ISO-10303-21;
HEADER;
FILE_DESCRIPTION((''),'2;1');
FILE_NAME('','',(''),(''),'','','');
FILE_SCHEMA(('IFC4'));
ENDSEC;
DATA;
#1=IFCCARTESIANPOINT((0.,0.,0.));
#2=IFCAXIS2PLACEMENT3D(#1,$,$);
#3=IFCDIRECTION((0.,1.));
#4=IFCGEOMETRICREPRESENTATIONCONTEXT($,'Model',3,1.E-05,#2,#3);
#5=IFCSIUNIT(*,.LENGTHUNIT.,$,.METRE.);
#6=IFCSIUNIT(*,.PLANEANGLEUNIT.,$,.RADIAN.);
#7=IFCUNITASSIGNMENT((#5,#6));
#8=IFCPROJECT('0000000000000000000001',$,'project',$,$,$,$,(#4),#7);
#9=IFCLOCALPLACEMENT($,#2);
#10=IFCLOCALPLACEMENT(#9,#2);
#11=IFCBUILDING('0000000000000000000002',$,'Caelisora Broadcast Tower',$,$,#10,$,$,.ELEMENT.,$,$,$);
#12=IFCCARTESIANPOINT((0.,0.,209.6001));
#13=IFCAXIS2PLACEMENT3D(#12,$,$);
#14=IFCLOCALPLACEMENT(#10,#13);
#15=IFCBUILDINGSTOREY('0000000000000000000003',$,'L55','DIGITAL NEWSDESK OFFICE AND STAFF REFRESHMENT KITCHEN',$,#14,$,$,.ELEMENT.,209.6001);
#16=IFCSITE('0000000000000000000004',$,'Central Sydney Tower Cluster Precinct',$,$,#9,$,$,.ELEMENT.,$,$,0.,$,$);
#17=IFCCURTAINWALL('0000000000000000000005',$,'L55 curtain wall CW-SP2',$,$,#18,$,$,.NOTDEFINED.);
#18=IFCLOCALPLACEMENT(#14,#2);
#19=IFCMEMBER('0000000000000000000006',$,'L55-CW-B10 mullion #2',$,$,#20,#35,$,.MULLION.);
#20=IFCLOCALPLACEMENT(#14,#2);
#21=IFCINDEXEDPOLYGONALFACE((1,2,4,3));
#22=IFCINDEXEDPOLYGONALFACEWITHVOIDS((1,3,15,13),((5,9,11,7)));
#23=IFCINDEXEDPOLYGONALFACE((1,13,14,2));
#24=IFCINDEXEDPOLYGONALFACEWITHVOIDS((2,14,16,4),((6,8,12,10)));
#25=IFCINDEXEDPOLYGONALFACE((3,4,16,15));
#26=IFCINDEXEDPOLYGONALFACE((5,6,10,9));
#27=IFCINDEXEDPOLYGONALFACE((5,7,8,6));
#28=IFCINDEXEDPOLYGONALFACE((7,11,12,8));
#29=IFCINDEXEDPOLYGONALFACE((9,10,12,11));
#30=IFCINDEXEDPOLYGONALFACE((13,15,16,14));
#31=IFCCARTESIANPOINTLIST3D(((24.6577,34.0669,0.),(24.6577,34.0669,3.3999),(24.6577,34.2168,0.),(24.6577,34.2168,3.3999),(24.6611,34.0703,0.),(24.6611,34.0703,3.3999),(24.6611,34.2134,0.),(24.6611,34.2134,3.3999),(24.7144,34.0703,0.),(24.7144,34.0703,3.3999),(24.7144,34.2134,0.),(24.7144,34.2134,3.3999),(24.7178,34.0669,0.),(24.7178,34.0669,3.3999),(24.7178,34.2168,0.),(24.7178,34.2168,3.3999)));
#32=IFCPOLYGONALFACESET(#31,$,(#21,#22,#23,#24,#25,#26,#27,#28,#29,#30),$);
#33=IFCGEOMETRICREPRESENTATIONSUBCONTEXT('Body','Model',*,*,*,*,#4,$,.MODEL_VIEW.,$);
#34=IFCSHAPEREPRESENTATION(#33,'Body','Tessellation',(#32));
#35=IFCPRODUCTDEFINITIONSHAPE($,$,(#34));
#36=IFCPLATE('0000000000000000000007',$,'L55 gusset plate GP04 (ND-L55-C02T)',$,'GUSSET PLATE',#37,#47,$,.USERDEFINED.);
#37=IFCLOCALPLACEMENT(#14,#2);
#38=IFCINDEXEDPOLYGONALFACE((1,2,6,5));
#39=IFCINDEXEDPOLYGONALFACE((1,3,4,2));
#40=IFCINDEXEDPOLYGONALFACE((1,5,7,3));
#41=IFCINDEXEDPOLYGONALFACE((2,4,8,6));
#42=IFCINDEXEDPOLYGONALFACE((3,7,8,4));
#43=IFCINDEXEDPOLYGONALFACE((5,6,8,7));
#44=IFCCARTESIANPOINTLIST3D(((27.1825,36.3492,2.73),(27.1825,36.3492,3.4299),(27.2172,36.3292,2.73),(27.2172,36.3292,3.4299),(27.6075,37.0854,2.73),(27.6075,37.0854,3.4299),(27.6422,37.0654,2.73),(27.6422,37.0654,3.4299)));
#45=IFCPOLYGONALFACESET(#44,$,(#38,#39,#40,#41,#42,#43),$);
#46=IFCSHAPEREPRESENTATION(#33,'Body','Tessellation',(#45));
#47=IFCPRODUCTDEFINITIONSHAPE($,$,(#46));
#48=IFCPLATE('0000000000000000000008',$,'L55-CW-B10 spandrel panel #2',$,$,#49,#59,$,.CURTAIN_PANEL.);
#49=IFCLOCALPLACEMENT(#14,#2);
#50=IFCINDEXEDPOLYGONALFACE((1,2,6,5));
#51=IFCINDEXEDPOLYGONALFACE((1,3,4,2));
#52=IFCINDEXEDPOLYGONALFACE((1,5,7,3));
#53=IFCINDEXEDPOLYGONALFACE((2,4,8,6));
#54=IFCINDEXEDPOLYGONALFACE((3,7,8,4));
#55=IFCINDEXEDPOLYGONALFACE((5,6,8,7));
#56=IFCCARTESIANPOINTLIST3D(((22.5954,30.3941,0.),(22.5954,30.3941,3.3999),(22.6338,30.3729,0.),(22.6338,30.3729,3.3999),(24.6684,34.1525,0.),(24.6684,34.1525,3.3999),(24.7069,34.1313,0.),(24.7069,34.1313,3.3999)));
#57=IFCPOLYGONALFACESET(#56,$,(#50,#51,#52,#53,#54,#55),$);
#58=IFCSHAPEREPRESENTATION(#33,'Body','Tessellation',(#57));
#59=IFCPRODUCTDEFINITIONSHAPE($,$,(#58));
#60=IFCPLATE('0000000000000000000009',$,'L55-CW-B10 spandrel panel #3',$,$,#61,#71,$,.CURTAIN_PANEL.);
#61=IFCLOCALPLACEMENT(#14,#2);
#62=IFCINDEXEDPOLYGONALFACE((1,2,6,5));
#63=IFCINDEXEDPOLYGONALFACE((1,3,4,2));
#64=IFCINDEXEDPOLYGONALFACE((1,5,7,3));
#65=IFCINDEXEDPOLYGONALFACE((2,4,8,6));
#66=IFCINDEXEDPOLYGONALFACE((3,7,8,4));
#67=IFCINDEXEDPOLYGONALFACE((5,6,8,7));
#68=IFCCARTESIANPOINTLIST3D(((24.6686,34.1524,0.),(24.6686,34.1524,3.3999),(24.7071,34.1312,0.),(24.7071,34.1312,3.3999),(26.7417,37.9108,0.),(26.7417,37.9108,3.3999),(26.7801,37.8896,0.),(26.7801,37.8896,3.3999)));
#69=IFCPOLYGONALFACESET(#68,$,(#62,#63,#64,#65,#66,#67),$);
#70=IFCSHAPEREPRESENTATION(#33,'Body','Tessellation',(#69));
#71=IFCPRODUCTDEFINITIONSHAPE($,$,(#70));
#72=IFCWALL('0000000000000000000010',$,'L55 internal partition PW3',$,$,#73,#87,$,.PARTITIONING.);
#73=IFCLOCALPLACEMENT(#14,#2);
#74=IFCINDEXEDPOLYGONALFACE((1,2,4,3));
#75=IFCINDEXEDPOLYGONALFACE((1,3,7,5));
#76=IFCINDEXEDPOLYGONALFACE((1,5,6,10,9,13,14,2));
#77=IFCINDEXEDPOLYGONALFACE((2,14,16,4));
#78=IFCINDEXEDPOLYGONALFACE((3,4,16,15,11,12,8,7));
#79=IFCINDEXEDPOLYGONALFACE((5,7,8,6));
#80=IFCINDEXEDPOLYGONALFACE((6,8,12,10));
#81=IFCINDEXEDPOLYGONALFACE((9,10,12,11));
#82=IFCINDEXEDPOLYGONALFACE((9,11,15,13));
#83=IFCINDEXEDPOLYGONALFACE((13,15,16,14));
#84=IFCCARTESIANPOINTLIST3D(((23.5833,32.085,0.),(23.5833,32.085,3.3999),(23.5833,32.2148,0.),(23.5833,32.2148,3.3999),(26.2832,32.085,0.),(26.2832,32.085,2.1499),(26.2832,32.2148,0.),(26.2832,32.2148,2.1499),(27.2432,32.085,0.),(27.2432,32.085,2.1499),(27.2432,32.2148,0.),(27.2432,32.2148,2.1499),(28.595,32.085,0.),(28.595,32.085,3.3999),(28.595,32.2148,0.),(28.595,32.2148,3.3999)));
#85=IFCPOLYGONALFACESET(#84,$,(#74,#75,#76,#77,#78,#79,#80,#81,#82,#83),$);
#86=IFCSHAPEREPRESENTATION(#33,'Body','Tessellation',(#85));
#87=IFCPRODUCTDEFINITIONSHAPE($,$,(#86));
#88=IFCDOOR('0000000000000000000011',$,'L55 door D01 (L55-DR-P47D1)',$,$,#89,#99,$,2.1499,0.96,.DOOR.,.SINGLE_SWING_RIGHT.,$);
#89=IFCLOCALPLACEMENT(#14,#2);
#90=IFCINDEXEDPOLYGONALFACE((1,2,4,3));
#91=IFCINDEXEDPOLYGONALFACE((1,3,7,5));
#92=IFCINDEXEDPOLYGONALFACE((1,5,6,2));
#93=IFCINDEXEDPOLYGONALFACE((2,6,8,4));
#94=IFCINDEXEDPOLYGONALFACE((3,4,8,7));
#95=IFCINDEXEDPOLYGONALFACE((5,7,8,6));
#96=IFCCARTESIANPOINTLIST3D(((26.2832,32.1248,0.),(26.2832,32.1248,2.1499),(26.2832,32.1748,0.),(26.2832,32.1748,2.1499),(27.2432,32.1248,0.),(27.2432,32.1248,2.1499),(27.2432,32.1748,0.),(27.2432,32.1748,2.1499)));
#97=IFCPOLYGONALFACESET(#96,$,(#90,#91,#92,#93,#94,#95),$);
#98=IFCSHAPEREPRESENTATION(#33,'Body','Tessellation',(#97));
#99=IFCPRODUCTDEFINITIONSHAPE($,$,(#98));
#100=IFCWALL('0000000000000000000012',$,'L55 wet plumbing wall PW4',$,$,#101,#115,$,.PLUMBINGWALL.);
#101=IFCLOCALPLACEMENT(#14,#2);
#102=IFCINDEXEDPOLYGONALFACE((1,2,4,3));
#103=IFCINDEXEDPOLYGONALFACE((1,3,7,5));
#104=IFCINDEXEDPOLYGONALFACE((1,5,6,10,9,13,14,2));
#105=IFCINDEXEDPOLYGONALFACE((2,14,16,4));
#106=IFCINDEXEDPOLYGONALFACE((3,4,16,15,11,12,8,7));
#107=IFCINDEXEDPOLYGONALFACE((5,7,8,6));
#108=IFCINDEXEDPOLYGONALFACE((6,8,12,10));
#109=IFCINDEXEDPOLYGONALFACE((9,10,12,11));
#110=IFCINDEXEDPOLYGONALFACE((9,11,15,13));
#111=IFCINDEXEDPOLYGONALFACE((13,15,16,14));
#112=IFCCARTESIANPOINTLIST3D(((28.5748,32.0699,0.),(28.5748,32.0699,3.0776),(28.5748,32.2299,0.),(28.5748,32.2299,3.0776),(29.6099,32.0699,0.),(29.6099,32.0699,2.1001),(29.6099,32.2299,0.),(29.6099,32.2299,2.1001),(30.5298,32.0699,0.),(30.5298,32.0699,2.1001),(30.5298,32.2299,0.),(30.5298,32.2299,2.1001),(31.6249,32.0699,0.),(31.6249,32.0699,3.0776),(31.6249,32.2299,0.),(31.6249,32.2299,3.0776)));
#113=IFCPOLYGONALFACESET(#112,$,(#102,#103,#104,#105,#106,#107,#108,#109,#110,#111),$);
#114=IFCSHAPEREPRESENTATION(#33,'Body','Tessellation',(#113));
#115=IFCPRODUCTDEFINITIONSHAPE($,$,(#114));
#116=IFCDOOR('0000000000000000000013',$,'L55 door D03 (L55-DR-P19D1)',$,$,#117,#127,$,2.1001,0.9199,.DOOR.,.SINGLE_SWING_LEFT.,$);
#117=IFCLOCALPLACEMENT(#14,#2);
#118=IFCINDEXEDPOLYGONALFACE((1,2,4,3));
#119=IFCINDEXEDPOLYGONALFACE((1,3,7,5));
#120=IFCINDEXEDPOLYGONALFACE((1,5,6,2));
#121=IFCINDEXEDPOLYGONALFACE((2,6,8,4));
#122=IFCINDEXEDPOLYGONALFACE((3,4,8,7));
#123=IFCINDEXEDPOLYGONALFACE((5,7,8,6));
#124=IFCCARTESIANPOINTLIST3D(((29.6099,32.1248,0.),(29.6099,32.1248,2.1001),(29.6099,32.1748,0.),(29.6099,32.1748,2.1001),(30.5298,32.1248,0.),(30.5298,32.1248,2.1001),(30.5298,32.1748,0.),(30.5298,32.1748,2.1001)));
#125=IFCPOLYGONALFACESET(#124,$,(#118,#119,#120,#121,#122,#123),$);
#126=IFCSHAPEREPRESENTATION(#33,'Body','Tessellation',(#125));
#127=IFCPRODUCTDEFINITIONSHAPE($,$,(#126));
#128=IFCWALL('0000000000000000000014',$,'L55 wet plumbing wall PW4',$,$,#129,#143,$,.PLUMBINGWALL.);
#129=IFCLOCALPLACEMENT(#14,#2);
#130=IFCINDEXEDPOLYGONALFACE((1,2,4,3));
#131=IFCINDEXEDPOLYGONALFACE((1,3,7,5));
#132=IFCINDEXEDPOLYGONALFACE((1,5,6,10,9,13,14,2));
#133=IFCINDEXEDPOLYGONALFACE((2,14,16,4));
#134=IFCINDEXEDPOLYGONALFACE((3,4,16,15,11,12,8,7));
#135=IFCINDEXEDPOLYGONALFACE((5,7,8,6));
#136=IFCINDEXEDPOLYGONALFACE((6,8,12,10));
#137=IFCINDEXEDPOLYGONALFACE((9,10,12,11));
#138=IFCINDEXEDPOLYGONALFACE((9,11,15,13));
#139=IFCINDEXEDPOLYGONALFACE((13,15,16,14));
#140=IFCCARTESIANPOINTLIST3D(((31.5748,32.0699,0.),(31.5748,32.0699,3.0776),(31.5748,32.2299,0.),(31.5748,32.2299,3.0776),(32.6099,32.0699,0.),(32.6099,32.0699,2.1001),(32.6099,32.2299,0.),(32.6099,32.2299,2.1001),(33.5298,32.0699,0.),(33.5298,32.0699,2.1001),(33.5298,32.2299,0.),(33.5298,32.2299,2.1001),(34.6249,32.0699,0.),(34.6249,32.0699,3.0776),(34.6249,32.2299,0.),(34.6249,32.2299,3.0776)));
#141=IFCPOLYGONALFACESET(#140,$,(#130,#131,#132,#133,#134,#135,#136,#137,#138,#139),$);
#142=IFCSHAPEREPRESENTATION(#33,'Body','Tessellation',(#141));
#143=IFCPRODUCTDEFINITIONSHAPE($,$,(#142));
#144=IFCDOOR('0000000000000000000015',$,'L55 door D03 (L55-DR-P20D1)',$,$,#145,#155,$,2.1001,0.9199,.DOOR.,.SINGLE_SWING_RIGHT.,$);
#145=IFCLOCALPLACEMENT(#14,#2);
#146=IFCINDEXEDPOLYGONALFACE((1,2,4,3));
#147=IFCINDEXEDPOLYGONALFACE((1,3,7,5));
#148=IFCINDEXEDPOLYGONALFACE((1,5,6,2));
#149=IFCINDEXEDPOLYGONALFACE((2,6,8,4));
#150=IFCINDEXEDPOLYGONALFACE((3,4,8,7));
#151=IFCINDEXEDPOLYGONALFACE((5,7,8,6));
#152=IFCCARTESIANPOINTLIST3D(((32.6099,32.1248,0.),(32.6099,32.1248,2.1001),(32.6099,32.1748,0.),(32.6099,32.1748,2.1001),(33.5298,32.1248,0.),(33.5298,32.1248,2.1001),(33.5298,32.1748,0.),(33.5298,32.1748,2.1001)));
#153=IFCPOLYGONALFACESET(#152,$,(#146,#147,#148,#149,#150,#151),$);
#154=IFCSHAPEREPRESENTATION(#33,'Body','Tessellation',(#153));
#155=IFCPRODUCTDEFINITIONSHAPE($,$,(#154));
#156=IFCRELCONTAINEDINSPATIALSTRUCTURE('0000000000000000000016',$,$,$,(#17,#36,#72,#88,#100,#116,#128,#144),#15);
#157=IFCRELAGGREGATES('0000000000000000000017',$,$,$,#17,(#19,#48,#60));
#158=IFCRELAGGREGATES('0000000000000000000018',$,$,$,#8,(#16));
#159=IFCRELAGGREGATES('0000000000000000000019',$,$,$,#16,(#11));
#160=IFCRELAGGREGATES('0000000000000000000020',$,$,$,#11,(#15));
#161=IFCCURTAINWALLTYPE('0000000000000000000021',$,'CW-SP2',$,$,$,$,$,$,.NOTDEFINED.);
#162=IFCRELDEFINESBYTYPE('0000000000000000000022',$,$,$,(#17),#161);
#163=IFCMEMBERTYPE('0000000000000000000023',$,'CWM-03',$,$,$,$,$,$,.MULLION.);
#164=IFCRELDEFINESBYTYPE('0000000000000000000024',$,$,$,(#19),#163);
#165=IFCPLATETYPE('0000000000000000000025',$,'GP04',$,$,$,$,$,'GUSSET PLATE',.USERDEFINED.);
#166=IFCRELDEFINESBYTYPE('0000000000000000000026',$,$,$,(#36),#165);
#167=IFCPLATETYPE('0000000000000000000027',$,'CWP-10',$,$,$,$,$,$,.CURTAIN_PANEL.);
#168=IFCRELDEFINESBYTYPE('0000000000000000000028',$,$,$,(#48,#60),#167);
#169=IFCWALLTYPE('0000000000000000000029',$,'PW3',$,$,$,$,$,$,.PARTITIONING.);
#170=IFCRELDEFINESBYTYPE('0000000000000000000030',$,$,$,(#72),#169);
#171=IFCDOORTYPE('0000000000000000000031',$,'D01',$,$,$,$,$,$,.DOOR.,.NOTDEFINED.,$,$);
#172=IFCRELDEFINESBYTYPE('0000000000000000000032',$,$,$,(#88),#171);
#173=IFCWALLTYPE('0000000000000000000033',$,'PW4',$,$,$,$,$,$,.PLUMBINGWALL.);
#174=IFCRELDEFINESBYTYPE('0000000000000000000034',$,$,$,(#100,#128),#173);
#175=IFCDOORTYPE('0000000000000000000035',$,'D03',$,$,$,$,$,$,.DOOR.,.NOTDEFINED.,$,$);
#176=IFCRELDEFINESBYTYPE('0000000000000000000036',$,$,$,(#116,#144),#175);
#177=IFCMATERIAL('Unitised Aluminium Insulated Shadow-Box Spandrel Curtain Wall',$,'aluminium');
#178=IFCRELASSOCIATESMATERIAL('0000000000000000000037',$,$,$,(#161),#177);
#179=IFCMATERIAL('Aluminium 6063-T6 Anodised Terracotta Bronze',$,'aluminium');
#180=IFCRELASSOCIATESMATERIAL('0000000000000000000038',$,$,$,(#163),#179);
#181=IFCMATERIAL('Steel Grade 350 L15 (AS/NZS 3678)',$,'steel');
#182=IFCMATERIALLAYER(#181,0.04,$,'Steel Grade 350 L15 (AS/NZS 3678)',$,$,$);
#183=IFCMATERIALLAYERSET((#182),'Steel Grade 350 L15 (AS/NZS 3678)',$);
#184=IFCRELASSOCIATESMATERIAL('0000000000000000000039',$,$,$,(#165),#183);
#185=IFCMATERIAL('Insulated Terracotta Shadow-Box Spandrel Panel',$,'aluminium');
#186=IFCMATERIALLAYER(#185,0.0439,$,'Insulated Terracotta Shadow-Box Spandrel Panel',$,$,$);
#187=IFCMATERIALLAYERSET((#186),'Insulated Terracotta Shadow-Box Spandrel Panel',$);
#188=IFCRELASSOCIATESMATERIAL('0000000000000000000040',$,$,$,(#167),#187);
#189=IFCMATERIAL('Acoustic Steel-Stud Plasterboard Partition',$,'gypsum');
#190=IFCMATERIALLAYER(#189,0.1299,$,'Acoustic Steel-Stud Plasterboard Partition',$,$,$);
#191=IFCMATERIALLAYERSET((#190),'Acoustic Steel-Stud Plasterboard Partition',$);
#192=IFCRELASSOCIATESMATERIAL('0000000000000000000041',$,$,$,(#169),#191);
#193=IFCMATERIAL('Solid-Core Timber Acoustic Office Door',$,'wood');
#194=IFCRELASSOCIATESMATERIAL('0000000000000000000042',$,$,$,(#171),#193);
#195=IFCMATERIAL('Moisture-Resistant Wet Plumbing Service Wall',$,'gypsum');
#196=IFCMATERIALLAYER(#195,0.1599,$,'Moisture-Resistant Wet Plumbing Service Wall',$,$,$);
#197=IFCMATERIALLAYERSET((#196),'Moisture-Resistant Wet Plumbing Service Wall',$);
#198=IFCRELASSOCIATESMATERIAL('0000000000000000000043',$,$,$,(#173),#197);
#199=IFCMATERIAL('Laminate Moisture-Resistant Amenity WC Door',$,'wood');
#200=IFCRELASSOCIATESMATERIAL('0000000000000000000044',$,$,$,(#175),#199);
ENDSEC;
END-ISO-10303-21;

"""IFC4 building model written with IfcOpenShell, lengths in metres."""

from ifc_helpers import new_model, si_unit, direction, frame, frame_2d, origin, origin_2d, place, context, subcontext, project, spatial, rectangle, hollow_rectangle, extrude, source, transform, mapped, material, layer, layer_set, material_profile, profile_set, type_object, type_shapes, element, fill, aggregate, save


model = new_model("IFC4")

# Units and contexts
model_context = context("Model", 3, precision=1e-05, world=origin(), true_north=direction((0.0, 1.0)))
body_context = subcontext(model_context, "Body", "Model", "MODEL_VIEW")
ifc_project = project(units=[si_unit("LENGTHUNIT", "METRE"), si_unit("PLANEANGLEUNIT", "RADIAN")], contexts=[model_context])

# Site, building, storey
site_placement = place(None, origin())
site = spatial("IfcSite", under=ifc_project, at=site_placement, Name="Central Sydney Tower Cluster Precinct", CompositionType="ELEMENT", RefElevation=0.0)
building_placement = place(site_placement, origin())
building = spatial("IfcBuilding", under=site, at=building_placement, Name="Caelisora Broadcast Tower", CompositionType="ELEMENT")
storey_placement = place(building_placement, frame((0.0, 0.0, 209.6001)))
storey = spatial("IfcBuildingStorey", under=building, at=storey_placement, Name="L55", Description="DIGITAL NEWSDESK OFFICE AND STAFF REFRESHMENT KITCHEN", CompositionType="ELEMENT", Elevation=209.6001)

# Shared definitions
ifc_material_1 = material(Name="Steel Grade 350 L15 (AS/NZS 3678)", Category="steel")

# Curtain wall, member
ifc_material_2 = material(Name="Unitised Aluminium Insulated Shadow-Box Spandrel Curtain Wall", Category="aluminium")
curtain_wall_type = type_object("IfcCurtainWallType", Name="CW-SP2", PredefinedType="NOTDEFINED", material=ifc_material_2)
curtain_wall_placement = place(storey_placement, origin())
curtain_wall = element("IfcCurtainWall", 1, at=curtain_wall_placement, inside=storey, type_object=curtain_wall_type, Name="L55 curtain wall CW-SP2", PredefinedType="NOTDEFINED")
ifc_material_3 = material(Name="Aluminium 6063-T6 Anodised Terracotta Bronze", Category="aluminium")
ifc_material_profile_1 = material_profile(ifc_material_3, hollow_rectangle(XDim=0.0601, YDim=0.1499, WallThickness=0.0034, at=origin_2d()), Name="Aluminium 6063-T6 Anodised Terracotta Bronze")
ifc_profile_set_1 = profile_set([ifc_material_profile_1], Name="Aluminium 6063-T6 Anodised Terracotta Bronze")
member_type_1 = type_object("IfcMemberType", Name="CWM-03", PredefinedType="MULLION", material=ifc_profile_set_1)
shared_shape_1 = source(origin(), body_context, "Body", "SweptSolid", [
    extrude(hollow_rectangle(XDim=0.0601, YDim=0.1499, WallThickness=0.0034, at=origin_2d()), origin(), (0.0, 0.0, 1.0), 3.3999),
])
type_shapes(member_type_1, [shared_shape_1])
member_1_placement = place(storey_placement, frame((24.6877, 34.1418, 0.0), z_axis=(0.0, 0.0, 1.0), x_axis=(1.0, 0.0, 0.0)))
member_1 = element("IfcMember", 2, at=member_1_placement, type_object=member_type_1, Name="L55-CW-B10 mullion #2", PredefinedType="MULLION", context=body_context, shape_type="MappedRepresentation", body=[
    mapped(shared_shape_1, transform((0.0, 0.0, 0.0), scale=1.0)),
])

# Plates
ifc_layer_1 = layer(ifc_material_1, 0.04, Name="Steel Grade 350 L15 (AS/NZS 3678)")
ifc_layer_set_1 = layer_set([ifc_layer_1], Name="Steel Grade 350 L15 (AS/NZS 3678)")
plate_type_1 = type_object("IfcPlateType", Name="GP04", ElementType="GUSSET PLATE", PredefinedType="USERDEFINED", material=ifc_layer_set_1)
shared_shape_2 = source(origin(), body_context, "Body", "SweptSolid", [
    extrude(rectangle(XDim=0.8501, YDim=0.04, at=origin_2d()), origin(), (0.0, 0.0, 1.0), 0.7),
])
type_shapes(plate_type_1, [shared_shape_2])
plate_1_placement = place(storey_placement, frame((27.4124, 36.7073, 2.73), z_axis=(0.0, 0.0, 1.0), x_axis=(-0.5, -0.866025, 0.0)))
element("IfcPlate", 3, at=plate_1_placement, inside=storey, type_object=plate_type_1, Name="L55 gusset plate GP04 (ND-L55-C02T)", ObjectType="GUSSET PLATE", PredefinedType="USERDEFINED", context=body_context, shape_type="MappedRepresentation", body=[
    mapped(shared_shape_2, transform((0.0, 0.0, 0.0), scale=1.0)),
])
ifc_material_4 = material(Name="Insulated Terracotta Shadow-Box Spandrel Panel", Category="aluminium")
ifc_layer_2 = layer(ifc_material_4, 0.0439, Name="Insulated Terracotta Shadow-Box Spandrel Panel")
ifc_layer_set_2 = layer_set([ifc_layer_2], Name="Insulated Terracotta Shadow-Box Spandrel Panel")
plate_type_2 = type_object("IfcPlateType", Name="CWP-10", PredefinedType="CURTAIN_PANEL", material=ifc_layer_set_2)
shared_shape_3 = source(origin(), body_context, "Body", "SweptSolid", [
    extrude(rectangle(XDim=4.2922, YDim=0.0439, at=origin_2d()), origin(), (0.0, 0.0, 1.0), 3.3999),
])
type_shapes(plate_type_2, [shared_shape_3])
plate_2_placement = place(storey_placement, frame((23.6511, 32.2627, 0.0), z_axis=(0.0, 0.0, 1.0), x_axis=(0.482977, 0.875633, 0.0)))
plate_2 = element("IfcPlate", 4, at=plate_2_placement, type_object=plate_type_2, Name="L55-CW-B10 spandrel panel #2", PredefinedType="CURTAIN_PANEL", context=body_context, shape_type="MappedRepresentation", body=[
    mapped(shared_shape_3, transform((0.0, 0.0, 0.0), scale=1.0)),
])
plate_3_placement = place(storey_placement, frame((25.7244, 36.021, 0.0), z_axis=(0.0, 0.0, 1.0), x_axis=(0.482977, 0.875633, 0.0)))
plate_3 = element("IfcPlate", 5, at=plate_3_placement, type_object=plate_type_2, Name="L55-CW-B10 spandrel panel #3", PredefinedType="CURTAIN_PANEL", context=body_context, shape_type="MappedRepresentation", body=[
    mapped(shared_shape_3, transform((0.0, 0.0, 0.0), scale=1.0)),
])
aggregate(curtain_wall, [member_1, plate_2, plate_3])

# Walls, openings, doors
ifc_material_5 = material(Name="Acoustic Steel-Stud Plasterboard Partition", Category="gypsum")
ifc_layer_3 = layer(ifc_material_5, 0.1299, Name="Acoustic Steel-Stud Plasterboard Partition")
ifc_layer_set_3 = layer_set([ifc_layer_3], Name="Acoustic Steel-Stud Plasterboard Partition")
wall_type_1 = type_object("IfcWallType", Name="PW3", PredefinedType="PARTITIONING", material=ifc_layer_set_3)
wall_1_placement = place(storey_placement, frame((23.5833, 32.1499, 0.0), z_axis=(0.0, 0.0, 1.0), x_axis=(1.0, 0.0, 0.0)))
wall_1 = element("IfcWall", 6, at=wall_1_placement, inside=storey, type_object=wall_type_1, Name="L55 internal partition PW3", PredefinedType="PARTITIONING", context=body_context, shape_type="SweptSolid", body=[
    extrude(rectangle(XDim=5.0117, YDim=0.1299, at=frame_2d((2.5059, 0.0))), origin(), (0.0, 0.0, 1.0), 3.3999),
])
opening_1_placement = place(wall_1_placement, frame((2.7, 0.0, 0.0)))
opening_1 = element("IfcOpeningElement", 7, at=opening_1_placement, cuts=wall_1, PredefinedType="OPENING", context=body_context, shape_type="SweptSolid", body=[
    extrude(rectangle(XDim=0.96, YDim=2.1499, at=frame_2d((0.48, 1.075))), frame((0.0, 0.0769, 0.0), z_axis=(0.0, -1.0, 0.0), x_axis=(1.0, 0.0, 0.0)), (0.0, 0.0, 1.0), 0.1538),
])
ifc_material_6 = material(Name="Solid-Core Timber Acoustic Office Door", Category="wood")
door_type_1 = type_object("IfcDoorType", Name="D01", OperationType="NOTDEFINED", PredefinedType="DOOR", material=ifc_material_6)
door_1_placement = place(opening_1_placement, origin())
door_1 = element("IfcDoor", 8, at=door_1_placement, inside=storey, type_object=door_type_1, Name="L55 door D01 (L55-DR-P47D1)", OperationType="SINGLE_SWING_RIGHT", OverallHeight=2.1499, OverallWidth=0.96, PredefinedType="DOOR", context=body_context, shape_type="SweptSolid", body=[
    extrude(rectangle(XDim=0.96, YDim=2.1499, at=frame_2d((0.48, 1.075))), frame((0.0, 0.0249, 0.0), z_axis=(0.0, -1.0, 0.0), x_axis=(1.0, 0.0, 0.0)), (0.0, 0.0, 1.0), 0.05),
])
fill(opening_1, door_1)
ifc_material_7 = material(Name="Moisture-Resistant Wet Plumbing Service Wall", Category="gypsum")
ifc_layer_4 = layer(ifc_material_7, 0.1599, Name="Moisture-Resistant Wet Plumbing Service Wall")
ifc_layer_set_4 = layer_set([ifc_layer_4], Name="Moisture-Resistant Wet Plumbing Service Wall")
wall_type_2 = type_object("IfcWallType", Name="PW4", PredefinedType="PLUMBINGWALL", material=ifc_layer_set_4)
wall_2_placement = place(storey_placement, frame((28.575, 32.1499, 0.0), z_axis=(0.0, 0.0, 1.0), x_axis=(1.0, 0.0, 0.0)))
wall_2 = element("IfcWall", 9, at=wall_2_placement, inside=storey, type_object=wall_type_2, Name="L55 wet plumbing wall PW4", PredefinedType="PLUMBINGWALL", context=body_context, shape_type="SweptSolid", body=[
    extrude(rectangle(XDim=3.05, YDim=0.1599, at=frame_2d((1.5249, 0.0))), origin(), (0.0, 0.0, 1.0), 3.0776),
])
opening_2_placement = place(wall_2_placement, frame((1.0349, 0.0, 0.0)))
opening_2 = element("IfcOpeningElement", 10, at=opening_2_placement, cuts=wall_2, PredefinedType="OPENING", context=body_context, shape_type="SweptSolid", body=[
    extrude(rectangle(XDim=0.9199, YDim=2.1001, at=frame_2d((0.46, 1.05))), frame((0.0, 0.092, 0.0), z_axis=(0.0, -1.0, 0.0), x_axis=(1.0, 0.0, 0.0)), (0.0, 0.0, 1.0), 0.1838),
])
ifc_material_8 = material(Name="Laminate Moisture-Resistant Amenity WC Door", Category="wood")
door_type_2 = type_object("IfcDoorType", Name="D03", OperationType="NOTDEFINED", PredefinedType="DOOR", material=ifc_material_8)
door_2_placement = place(opening_2_placement, origin())
door_2 = element("IfcDoor", 11, at=door_2_placement, inside=storey, type_object=door_type_2, Name="L55 door D03 (L55-DR-P19D1)", OperationType="SINGLE_SWING_LEFT", OverallHeight=2.1001, OverallWidth=0.9199, PredefinedType="DOOR", context=body_context, shape_type="SweptSolid", body=[
    extrude(rectangle(XDim=0.9199, YDim=2.1001, at=frame_2d((0.46, 1.05))), frame((0.0, 0.0249, 0.0), z_axis=(0.0, -1.0, 0.0), x_axis=(1.0, 0.0, 0.0)), (0.0, 0.0, 1.0), 0.05),
])
fill(opening_2, door_2)
wall_3_placement = place(storey_placement, frame((31.575, 32.1499, 0.0), z_axis=(0.0, 0.0, 1.0), x_axis=(1.0, 0.0, 0.0)))
wall_3 = element("IfcWall", 12, at=wall_3_placement, inside=storey, type_object=wall_type_2, Name="L55 wet plumbing wall PW4", PredefinedType="PLUMBINGWALL", context=body_context, shape_type="SweptSolid", body=[
    extrude(rectangle(XDim=3.05, YDim=0.1599, at=frame_2d((1.5249, 0.0))), origin(), (0.0, 0.0, 1.0), 3.0776),
])
opening_3_placement = place(wall_3_placement, frame((1.0349, 0.0, 0.0)))
opening_3 = element("IfcOpeningElement", 13, at=opening_3_placement, cuts=wall_3, PredefinedType="OPENING", context=body_context, shape_type="SweptSolid", body=[
    extrude(rectangle(XDim=0.9199, YDim=2.1001, at=frame_2d((0.46, 1.05))), frame((0.0, 0.092, 0.0), z_axis=(0.0, -1.0, 0.0), x_axis=(1.0, 0.0, 0.0)), (0.0, 0.0, 1.0), 0.1838),
])
door_3_placement = place(opening_3_placement, origin())
door_3 = element("IfcDoor", 14, at=door_3_placement, inside=storey, type_object=door_type_2, Name="L55 door D03 (L55-DR-P20D1)", OperationType="SINGLE_SWING_RIGHT", OverallHeight=2.1001, OverallWidth=0.9199, PredefinedType="DOOR", context=body_context, shape_type="SweptSolid", body=[
    extrude(rectangle(XDim=0.9199, YDim=2.1001, at=frame_2d((0.46, 1.05))), frame((0.0, 0.0249, 0.0), z_axis=(0.0, -1.0, 0.0), x_axis=(1.0, 0.0, 0.0)), (0.0, 0.0, 1.0), 0.05),
])
fill(opening_3, door_3)

save(model, "model.ifc")
